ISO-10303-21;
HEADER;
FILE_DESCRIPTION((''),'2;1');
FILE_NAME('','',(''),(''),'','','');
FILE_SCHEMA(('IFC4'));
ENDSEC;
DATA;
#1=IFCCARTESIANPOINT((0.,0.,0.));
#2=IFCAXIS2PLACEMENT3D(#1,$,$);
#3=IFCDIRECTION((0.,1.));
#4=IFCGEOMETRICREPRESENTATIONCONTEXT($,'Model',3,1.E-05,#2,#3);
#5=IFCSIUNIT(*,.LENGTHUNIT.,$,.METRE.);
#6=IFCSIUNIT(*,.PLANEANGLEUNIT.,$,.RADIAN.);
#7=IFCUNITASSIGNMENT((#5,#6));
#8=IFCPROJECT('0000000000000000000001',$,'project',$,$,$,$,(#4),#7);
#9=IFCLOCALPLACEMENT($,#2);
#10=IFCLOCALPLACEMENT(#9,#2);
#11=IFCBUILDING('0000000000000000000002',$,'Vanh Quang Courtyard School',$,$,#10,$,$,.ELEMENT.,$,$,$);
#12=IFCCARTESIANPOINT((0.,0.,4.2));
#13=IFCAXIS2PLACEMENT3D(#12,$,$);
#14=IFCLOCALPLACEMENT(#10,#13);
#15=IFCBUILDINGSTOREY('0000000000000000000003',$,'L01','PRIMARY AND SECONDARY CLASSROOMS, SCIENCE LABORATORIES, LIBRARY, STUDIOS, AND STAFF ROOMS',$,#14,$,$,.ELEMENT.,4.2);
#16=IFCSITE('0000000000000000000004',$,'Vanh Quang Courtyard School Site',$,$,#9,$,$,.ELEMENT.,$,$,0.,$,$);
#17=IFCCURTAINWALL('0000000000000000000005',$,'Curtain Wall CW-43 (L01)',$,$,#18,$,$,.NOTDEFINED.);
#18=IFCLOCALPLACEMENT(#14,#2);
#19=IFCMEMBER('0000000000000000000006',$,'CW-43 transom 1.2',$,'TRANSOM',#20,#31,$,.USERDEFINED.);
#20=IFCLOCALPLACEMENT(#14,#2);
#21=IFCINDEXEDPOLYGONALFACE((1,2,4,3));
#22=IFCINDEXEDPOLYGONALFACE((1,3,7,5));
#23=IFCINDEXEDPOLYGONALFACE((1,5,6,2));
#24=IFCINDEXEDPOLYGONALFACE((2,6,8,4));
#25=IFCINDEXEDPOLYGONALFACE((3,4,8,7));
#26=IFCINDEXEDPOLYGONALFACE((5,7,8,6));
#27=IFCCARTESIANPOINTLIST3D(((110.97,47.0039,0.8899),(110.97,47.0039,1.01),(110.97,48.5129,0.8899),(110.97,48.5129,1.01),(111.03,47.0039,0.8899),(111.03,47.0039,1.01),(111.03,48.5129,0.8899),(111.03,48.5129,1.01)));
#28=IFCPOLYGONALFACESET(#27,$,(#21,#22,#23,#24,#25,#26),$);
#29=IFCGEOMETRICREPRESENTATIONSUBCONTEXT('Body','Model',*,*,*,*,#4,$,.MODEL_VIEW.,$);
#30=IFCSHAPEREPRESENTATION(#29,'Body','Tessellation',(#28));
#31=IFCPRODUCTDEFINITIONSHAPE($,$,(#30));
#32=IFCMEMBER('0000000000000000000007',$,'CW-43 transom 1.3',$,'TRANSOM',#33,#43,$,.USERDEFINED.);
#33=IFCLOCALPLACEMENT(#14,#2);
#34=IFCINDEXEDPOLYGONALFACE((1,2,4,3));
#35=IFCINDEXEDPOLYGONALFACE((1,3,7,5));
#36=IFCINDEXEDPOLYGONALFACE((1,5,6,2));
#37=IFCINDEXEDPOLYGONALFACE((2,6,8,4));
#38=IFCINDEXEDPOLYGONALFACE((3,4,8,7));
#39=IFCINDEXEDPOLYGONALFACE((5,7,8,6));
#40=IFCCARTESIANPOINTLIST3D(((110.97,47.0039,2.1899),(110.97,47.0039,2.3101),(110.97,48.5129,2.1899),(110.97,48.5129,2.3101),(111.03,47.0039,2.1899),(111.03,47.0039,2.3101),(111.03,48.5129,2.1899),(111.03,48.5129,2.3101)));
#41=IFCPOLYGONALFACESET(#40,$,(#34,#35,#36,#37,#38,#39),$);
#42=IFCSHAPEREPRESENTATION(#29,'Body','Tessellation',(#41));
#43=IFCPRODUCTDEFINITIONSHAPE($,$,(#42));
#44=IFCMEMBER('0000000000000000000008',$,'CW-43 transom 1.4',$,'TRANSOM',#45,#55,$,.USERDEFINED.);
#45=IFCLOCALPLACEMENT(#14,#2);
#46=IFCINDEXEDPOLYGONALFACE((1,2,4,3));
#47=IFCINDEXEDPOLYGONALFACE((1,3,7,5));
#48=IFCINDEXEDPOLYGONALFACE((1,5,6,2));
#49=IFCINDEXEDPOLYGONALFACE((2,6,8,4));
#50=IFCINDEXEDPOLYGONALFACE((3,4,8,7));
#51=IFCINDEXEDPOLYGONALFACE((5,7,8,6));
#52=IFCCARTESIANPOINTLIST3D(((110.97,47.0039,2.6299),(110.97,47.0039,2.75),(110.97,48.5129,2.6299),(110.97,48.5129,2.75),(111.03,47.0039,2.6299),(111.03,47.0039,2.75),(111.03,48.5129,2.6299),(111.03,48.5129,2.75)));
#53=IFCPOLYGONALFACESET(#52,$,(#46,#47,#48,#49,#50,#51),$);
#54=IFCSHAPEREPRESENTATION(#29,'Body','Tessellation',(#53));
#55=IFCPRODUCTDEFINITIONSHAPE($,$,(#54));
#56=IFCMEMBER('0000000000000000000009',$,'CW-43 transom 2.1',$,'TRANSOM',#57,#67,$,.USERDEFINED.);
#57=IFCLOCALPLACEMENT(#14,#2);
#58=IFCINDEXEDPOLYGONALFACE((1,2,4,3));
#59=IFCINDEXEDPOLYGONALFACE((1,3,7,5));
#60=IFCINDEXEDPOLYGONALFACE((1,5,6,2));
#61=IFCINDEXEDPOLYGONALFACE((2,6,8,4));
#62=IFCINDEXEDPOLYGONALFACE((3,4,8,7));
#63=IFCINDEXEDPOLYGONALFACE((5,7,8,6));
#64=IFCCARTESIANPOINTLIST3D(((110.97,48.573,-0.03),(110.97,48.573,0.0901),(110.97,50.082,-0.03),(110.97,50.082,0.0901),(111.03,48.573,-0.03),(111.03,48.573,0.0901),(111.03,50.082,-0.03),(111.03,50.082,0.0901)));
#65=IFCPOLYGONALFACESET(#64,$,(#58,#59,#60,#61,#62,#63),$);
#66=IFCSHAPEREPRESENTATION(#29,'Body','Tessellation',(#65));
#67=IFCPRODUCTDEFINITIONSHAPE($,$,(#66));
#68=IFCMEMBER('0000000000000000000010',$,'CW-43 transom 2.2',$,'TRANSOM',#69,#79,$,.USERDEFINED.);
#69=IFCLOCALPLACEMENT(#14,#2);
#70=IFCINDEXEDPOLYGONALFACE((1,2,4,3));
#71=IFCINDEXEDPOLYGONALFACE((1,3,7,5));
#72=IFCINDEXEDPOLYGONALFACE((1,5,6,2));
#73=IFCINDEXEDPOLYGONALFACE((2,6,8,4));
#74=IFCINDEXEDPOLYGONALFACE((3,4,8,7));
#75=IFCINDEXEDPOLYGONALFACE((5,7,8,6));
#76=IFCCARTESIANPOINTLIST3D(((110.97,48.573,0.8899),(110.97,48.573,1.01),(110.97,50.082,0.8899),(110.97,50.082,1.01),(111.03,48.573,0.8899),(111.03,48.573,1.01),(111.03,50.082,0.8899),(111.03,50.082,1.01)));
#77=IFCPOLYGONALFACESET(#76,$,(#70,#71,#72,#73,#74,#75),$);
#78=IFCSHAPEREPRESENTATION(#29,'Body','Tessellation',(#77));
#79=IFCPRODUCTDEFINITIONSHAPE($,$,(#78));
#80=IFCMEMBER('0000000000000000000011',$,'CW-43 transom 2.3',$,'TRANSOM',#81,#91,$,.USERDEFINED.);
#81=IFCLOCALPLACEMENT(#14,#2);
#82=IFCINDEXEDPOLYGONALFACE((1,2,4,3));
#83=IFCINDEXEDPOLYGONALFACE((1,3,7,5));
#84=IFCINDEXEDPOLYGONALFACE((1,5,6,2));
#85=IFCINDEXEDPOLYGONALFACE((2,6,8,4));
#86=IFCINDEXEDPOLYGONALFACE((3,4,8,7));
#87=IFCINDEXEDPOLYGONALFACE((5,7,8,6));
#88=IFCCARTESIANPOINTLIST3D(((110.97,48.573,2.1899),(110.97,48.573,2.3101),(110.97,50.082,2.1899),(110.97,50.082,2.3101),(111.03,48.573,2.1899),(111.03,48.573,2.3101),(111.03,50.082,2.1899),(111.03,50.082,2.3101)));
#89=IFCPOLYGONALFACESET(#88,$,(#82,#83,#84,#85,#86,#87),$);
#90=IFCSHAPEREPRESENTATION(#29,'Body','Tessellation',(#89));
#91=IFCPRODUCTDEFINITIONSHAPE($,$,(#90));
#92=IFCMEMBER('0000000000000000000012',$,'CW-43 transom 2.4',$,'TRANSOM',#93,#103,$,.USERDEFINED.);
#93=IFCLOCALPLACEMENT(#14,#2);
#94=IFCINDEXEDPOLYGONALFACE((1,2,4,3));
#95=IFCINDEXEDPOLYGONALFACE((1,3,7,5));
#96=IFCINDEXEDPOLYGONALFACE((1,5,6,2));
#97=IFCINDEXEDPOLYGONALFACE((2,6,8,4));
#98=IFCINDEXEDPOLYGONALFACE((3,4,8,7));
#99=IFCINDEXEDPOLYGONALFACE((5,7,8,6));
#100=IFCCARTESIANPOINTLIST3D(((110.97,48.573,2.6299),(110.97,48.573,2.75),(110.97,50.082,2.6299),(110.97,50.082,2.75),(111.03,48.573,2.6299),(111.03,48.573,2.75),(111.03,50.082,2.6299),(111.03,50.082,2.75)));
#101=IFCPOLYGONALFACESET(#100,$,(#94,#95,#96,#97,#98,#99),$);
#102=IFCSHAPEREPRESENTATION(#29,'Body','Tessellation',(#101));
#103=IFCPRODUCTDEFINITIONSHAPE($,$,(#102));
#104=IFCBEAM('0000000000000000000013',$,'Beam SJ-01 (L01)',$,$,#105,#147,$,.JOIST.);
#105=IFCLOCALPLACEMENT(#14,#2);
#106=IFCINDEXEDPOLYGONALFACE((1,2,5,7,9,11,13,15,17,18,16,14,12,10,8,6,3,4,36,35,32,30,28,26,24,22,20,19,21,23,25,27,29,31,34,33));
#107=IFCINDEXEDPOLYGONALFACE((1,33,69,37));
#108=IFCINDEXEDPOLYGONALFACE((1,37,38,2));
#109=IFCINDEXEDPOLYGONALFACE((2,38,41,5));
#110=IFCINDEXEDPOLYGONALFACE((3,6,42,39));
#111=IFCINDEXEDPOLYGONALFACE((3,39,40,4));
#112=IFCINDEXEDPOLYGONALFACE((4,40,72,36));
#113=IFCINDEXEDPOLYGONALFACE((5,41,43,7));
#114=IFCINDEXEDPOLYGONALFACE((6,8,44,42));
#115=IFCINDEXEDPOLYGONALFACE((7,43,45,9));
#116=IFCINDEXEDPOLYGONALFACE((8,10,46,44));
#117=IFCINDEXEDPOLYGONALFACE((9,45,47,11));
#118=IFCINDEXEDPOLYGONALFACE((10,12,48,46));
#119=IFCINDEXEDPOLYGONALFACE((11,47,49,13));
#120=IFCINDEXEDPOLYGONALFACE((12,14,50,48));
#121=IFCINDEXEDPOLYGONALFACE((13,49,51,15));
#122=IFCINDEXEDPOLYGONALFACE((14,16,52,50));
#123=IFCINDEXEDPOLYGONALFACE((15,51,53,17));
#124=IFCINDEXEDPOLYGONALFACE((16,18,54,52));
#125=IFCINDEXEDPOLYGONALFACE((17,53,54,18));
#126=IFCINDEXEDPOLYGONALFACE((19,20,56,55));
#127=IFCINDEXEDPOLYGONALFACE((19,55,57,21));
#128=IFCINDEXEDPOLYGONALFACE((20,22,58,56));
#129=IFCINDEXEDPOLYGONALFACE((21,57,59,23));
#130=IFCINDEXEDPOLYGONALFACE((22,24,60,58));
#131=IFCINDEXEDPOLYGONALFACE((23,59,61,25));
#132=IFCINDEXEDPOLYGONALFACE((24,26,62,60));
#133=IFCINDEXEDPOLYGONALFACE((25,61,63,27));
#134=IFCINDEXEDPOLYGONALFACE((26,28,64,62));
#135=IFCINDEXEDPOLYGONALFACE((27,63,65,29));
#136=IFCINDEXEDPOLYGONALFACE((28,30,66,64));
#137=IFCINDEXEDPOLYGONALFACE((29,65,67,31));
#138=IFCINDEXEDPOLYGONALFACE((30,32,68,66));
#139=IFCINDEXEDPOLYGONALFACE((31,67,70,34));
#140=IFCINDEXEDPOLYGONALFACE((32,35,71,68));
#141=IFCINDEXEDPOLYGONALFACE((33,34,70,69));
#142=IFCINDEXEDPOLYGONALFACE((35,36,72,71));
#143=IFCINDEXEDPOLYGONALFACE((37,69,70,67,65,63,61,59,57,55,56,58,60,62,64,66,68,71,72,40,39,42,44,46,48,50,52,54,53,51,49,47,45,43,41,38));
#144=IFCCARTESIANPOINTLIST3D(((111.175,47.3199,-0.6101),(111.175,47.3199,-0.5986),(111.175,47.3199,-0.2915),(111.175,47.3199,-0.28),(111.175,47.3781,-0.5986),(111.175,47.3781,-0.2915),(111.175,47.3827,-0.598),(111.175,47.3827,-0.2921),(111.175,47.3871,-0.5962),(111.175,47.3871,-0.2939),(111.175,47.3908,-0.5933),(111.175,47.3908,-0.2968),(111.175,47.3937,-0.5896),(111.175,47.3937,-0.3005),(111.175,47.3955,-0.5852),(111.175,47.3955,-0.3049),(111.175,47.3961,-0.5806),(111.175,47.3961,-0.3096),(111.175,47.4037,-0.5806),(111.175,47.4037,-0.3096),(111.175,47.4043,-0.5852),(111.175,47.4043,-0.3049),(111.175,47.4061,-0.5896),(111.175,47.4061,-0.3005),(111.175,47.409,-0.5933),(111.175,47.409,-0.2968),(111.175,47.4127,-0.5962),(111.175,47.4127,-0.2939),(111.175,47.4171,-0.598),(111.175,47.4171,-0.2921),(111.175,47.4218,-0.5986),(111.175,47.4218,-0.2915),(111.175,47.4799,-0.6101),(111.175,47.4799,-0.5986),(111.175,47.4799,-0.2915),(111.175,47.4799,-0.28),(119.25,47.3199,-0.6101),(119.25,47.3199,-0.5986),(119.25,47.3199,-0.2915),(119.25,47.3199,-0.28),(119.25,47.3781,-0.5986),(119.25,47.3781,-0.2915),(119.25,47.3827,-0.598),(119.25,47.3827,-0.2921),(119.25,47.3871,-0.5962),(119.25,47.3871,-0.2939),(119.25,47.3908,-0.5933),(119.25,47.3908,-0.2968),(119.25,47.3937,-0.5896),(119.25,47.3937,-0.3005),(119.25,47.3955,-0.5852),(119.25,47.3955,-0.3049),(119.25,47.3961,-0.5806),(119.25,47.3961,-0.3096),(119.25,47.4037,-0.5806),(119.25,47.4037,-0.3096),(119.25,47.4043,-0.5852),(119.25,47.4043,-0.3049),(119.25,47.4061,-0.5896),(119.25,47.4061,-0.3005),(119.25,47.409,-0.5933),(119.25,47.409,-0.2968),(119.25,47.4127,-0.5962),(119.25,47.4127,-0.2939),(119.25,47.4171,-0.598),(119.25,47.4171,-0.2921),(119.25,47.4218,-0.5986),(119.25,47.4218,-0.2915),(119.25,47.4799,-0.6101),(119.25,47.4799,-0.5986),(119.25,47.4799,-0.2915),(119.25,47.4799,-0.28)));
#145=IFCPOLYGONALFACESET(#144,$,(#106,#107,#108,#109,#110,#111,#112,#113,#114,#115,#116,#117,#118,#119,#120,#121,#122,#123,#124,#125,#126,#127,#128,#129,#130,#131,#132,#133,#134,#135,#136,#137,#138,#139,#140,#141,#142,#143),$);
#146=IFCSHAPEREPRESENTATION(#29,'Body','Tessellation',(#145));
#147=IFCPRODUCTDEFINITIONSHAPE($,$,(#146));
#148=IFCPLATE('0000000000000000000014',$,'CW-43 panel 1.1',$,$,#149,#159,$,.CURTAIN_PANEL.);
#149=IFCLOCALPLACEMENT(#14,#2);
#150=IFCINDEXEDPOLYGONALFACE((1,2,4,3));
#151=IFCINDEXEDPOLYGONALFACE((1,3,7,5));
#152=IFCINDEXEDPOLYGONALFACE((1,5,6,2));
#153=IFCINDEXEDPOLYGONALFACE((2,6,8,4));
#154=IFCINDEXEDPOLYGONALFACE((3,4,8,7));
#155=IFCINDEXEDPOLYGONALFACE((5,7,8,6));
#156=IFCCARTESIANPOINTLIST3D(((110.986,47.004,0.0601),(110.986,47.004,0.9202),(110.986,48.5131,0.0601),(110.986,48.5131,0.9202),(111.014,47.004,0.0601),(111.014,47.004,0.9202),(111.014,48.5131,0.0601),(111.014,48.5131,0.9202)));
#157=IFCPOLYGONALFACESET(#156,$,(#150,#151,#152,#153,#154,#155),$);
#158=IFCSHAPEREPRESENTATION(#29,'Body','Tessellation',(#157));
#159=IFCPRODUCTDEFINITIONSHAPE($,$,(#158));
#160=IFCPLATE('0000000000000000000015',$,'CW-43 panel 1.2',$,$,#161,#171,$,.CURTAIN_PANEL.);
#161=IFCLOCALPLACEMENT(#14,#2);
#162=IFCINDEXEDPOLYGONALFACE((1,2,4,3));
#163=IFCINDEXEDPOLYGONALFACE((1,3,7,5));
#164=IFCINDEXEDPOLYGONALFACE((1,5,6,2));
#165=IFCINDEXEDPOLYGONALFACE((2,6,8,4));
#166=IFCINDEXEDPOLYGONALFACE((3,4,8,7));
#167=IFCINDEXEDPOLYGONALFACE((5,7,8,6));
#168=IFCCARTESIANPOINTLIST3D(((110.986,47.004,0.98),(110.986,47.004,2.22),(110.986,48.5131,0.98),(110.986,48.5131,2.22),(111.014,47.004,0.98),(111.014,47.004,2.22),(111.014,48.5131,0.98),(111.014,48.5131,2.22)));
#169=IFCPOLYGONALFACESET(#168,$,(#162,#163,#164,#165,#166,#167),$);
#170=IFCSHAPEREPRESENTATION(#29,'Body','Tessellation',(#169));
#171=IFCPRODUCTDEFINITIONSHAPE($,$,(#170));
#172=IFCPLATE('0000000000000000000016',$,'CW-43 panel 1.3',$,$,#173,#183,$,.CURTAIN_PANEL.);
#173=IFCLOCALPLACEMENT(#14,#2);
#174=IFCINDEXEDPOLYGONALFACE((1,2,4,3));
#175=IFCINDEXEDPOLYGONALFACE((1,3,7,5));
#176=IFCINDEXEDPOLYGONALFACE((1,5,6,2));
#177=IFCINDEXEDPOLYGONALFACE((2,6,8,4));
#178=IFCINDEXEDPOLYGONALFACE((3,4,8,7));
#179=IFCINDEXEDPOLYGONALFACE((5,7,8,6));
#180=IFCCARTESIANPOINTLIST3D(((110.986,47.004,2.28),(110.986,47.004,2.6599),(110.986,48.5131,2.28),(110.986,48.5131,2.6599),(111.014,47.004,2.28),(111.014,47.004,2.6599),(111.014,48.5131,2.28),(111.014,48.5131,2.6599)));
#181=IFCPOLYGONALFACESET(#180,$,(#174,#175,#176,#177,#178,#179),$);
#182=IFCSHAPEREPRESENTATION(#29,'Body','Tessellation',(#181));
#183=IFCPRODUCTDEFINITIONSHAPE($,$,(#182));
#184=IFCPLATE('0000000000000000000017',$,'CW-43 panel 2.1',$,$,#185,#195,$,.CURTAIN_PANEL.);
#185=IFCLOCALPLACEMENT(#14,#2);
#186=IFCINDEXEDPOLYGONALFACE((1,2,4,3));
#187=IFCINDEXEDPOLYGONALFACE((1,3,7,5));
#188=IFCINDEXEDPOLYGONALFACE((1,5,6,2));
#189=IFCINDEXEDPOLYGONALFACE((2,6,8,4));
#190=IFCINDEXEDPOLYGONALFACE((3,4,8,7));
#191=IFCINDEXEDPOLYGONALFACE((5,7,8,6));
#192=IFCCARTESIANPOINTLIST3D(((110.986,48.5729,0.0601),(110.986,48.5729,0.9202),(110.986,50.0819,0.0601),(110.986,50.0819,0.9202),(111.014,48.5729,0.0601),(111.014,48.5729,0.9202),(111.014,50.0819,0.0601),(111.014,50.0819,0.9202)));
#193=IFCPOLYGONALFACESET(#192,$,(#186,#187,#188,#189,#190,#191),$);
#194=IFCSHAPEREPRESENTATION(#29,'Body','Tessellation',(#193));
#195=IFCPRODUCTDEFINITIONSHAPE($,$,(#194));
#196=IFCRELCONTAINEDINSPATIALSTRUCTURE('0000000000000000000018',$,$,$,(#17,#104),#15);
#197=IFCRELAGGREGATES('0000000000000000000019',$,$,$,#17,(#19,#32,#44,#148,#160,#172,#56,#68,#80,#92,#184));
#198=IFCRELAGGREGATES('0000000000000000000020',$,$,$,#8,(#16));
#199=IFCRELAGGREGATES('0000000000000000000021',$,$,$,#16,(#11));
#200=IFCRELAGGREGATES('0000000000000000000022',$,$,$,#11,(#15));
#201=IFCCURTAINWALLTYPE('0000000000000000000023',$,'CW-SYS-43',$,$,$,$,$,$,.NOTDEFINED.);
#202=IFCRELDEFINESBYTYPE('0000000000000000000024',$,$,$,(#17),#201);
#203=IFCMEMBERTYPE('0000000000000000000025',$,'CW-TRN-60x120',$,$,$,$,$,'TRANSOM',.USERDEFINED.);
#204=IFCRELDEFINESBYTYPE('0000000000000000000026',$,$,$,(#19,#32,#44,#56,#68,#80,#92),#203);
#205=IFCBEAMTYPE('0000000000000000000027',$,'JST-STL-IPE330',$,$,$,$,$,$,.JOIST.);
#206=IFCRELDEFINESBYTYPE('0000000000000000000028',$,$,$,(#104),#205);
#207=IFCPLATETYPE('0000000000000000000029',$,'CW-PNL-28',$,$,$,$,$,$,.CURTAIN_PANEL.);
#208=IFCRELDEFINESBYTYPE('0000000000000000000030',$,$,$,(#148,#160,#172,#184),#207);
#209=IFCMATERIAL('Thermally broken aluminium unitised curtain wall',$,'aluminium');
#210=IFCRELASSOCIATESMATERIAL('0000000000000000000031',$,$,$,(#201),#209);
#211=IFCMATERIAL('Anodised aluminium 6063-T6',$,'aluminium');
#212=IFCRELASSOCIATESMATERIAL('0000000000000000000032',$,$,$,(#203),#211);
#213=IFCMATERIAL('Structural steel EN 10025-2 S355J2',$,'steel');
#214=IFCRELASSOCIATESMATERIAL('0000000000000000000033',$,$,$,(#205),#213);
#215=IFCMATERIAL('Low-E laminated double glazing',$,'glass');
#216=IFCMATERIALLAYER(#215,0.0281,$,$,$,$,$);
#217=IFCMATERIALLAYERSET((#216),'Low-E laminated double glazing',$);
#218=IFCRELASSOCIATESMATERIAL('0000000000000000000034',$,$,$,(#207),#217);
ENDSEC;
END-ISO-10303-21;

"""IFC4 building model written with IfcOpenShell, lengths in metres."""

from ifc_helpers import new_model, si_unit, direction, frame, origin, origin_2d, place, context, subcontext, project, spatial, rectangle, i_section, extrude, material, layer, layer_set, material_profile, profile_set, type_object, element, aggregate, save


model = new_model("IFC4")

# Units and contexts
model_context = context("Model", 3, precision=1e-05, world=origin(), true_north=direction((0.0, 1.0)))
body_context = subcontext(model_context, "Body", "Model", "MODEL_VIEW")
ifc_project = project(units=[si_unit("LENGTHUNIT", "METRE"), si_unit("PLANEANGLEUNIT", "RADIAN")], contexts=[model_context])

# Site, building, storey
site_placement = place(None, origin())
site = spatial("IfcSite", under=ifc_project, at=site_placement, Name="Vanh Quang Courtyard School Site", CompositionType="ELEMENT", RefElevation=0.0)
building_placement = place(site_placement, origin())
building = spatial("IfcBuilding", under=site, at=building_placement, Name="Vanh Quang Courtyard School", CompositionType="ELEMENT")
storey_placement = place(building_placement, frame((0.0, 0.0, 4.2)))
storey = spatial("IfcBuildingStorey", under=building, at=storey_placement, Name="L01", Description="PRIMARY AND SECONDARY CLASSROOMS, SCIENCE LABORATORIES, LIBRARY, STUDIOS, AND STAFF ROOMS", CompositionType="ELEMENT", Elevation=4.2)

# Shared definitions
ifc_material_1 = material(Name="Structural steel EN 10025-2 S355J2", Category="steel")

# Curtain wall, members
ifc_material_2 = material(Name="Thermally broken aluminium unitised curtain wall", Category="aluminium")
curtain_wall_type = type_object("IfcCurtainWallType", Name="CW-SYS-43", PredefinedType="NOTDEFINED", material=ifc_material_2)
curtain_wall_placement = place(storey_placement, origin())
curtain_wall = element("IfcCurtainWall", 1, at=curtain_wall_placement, inside=storey, type_object=curtain_wall_type, Name="Curtain Wall CW-43 (L01)", PredefinedType="NOTDEFINED")
ifc_material_3 = material(Name="Anodised aluminium 6063-T6", Category="aluminium")
ifc_material_profile_1 = material_profile(ifc_material_3, rectangle(XDim=0.0601, YDim=0.1201, at=origin_2d()), Name="ALU-TRN 60x120")
ifc_profile_set_1 = profile_set([ifc_material_profile_1], Name="Anodised aluminium 6063-T6")
member_type_1 = type_object("IfcMemberType", Name="CW-TRN-60x120", ElementType="TRANSOM", PredefinedType="USERDEFINED", material=ifc_profile_set_1)
member_1_placement = place(storey_placement, frame((111.0, 47.0039, 0.95), z_axis=(0.0, 1.0, 0.0), x_axis=(-1.0, 0.0, 0.0)))
member_1 = element("IfcMember", 2, at=member_1_placement, type_object=member_type_1, Name="CW-43 transom 1.2", ObjectType="TRANSOM", PredefinedType="USERDEFINED", context=body_context, shape_type="SweptSolid", body=[
    extrude(rectangle(XDim=0.0601, YDim=0.1201, at=origin_2d()), origin(), (0.0, 0.0, 1.0), 1.509),
])
member_2_placement = place(storey_placement, frame((111.0, 47.0039, 2.25), z_axis=(0.0, 1.0, 0.0), x_axis=(-1.0, 0.0, 0.0)))
member_2 = element("IfcMember", 3, at=member_2_placement, type_object=member_type_1, Name="CW-43 transom 1.3", ObjectType="TRANSOM", PredefinedType="USERDEFINED", context=body_context, shape_type="SweptSolid", body=[
    extrude(rectangle(XDim=0.0601, YDim=0.1201, at=origin_2d()), origin(), (0.0, 0.0, 1.0), 1.509),
])
member_3_placement = place(storey_placement, frame((111.0, 47.0039, 2.6899), z_axis=(0.0, 1.0, 0.0), x_axis=(-1.0, 0.0, 0.0)))
member_3 = element("IfcMember", 4, at=member_3_placement, type_object=member_type_1, Name="CW-43 transom 1.4", ObjectType="TRANSOM", PredefinedType="USERDEFINED", context=body_context, shape_type="SweptSolid", body=[
    extrude(rectangle(XDim=0.0601, YDim=0.1201, at=origin_2d()), origin(), (0.0, 0.0, 1.0), 1.509),
])
member_4_placement = place(storey_placement, frame((111.0, 48.573, 0.03), z_axis=(0.0, 1.0, 0.0), x_axis=(-1.0, 0.0, 0.0)))
member_4 = element("IfcMember", 5, at=member_4_placement, type_object=member_type_1, Name="CW-43 transom 2.1", ObjectType="TRANSOM", PredefinedType="USERDEFINED", context=body_context, shape_type="SweptSolid", body=[
    extrude(rectangle(XDim=0.0601, YDim=0.1201, at=origin_2d()), origin(), (0.0, 0.0, 1.0), 1.509),
])
member_5_placement = place(storey_placement, frame((111.0, 48.573, 0.95), z_axis=(0.0, 1.0, 0.0), x_axis=(-1.0, 0.0, 0.0)))
member_5 = element("IfcMember", 6, at=member_5_placement, type_object=member_type_1, Name="CW-43 transom 2.2", ObjectType="TRANSOM", PredefinedType="USERDEFINED", context=body_context, shape_type="SweptSolid", body=[
    extrude(rectangle(XDim=0.0601, YDim=0.1201, at=origin_2d()), origin(), (0.0, 0.0, 1.0), 1.509),
])
member_6_placement = place(storey_placement, frame((111.0, 48.573, 2.25), z_axis=(0.0, 1.0, 0.0), x_axis=(-1.0, 0.0, 0.0)))
member_6 = element("IfcMember", 7, at=member_6_placement, type_object=member_type_1, Name="CW-43 transom 2.3", ObjectType="TRANSOM", PredefinedType="USERDEFINED", context=body_context, shape_type="SweptSolid", body=[
    extrude(rectangle(XDim=0.0601, YDim=0.1201, at=origin_2d()), origin(), (0.0, 0.0, 1.0), 1.509),
])
member_7_placement = place(storey_placement, frame((111.0, 48.573, 2.6899), z_axis=(0.0, 1.0, 0.0), x_axis=(-1.0, 0.0, 0.0)))
member_7 = element("IfcMember", 8, at=member_7_placement, type_object=member_type_1, Name="CW-43 transom 2.4", ObjectType="TRANSOM", PredefinedType="USERDEFINED", context=body_context, shape_type="SweptSolid", body=[
    extrude(rectangle(XDim=0.0601, YDim=0.1201, at=origin_2d()), origin(), (0.0, 0.0, 1.0), 1.509),
])

# Beam
ifc_material_profile_2 = material_profile(ifc_material_1, i_section(OverallWidth=0.1599, OverallDepth=0.3301, WebThickness=0.0076, FlangeThickness=0.0115, FilletRadius=0.0181, at=origin_2d()), Name="IPE 330")
ifc_profile_set_2 = profile_set([ifc_material_profile_2], Name="Structural steel EN 10025-2 S355J2")
beam_type_1 = type_object("IfcBeamType", Name="JST-STL-IPE330", PredefinedType="JOIST", material=ifc_profile_set_2)
beam_1_placement = place(storey_placement, frame((111.175, 47.3999, -0.4451), z_axis=(1.0, 0.0, 0.0), x_axis=(0.0, 1.0, 0.0)))
element("IfcBeam", 9, at=beam_1_placement, inside=storey, type_object=beam_type_1, Name="Beam SJ-01 (L01)", PredefinedType="JOIST", context=body_context, shape_type="SweptSolid", body=[
    extrude(i_section(OverallWidth=0.1599, OverallDepth=0.3301, WebThickness=0.0076, FlangeThickness=0.0115, FilletRadius=0.0181, at=origin_2d()), origin(), (0.0, 0.0, 1.0), 8.075),
])

# Plates
ifc_material_4 = material(Name="Low-E laminated double glazing", Category="glass")
ifc_layer_1 = layer(ifc_material_4, 0.0281)
ifc_layer_set_1 = layer_set([ifc_layer_1], Name="Low-E laminated double glazing")
plate_type = type_object("IfcPlateType", Name="CW-PNL-28", PredefinedType="CURTAIN_PANEL", material=ifc_layer_set_1)
plate_1_placement = place(storey_placement, frame((111.0, 47.7585, 0.0601), z_axis=(0.0, 0.0, 1.0), x_axis=(0.0, 1.0, 0.0)))
plate_1 = element("IfcPlate", 10, at=plate_1_placement, type_object=plate_type, Name="CW-43 panel 1.1", PredefinedType="CURTAIN_PANEL", context=body_context, shape_type="SweptSolid", body=[
    extrude(rectangle(XDim=1.509, YDim=0.0281, at=origin_2d()), origin(), (0.0, 0.0, 1.0), 0.8601),
])
plate_2_placement = place(storey_placement, frame((111.0, 47.7585, 0.98), z_axis=(0.0, 0.0, 1.0), x_axis=(0.0, 1.0, 0.0)))
plate_2 = element("IfcPlate", 11, at=plate_2_placement, type_object=plate_type, Name="CW-43 panel 1.2", PredefinedType="CURTAIN_PANEL", context=body_context, shape_type="SweptSolid", body=[
    extrude(rectangle(XDim=1.509, YDim=0.0281, at=origin_2d()), origin(), (0.0, 0.0, 1.0), 1.24),
])
plate_3_placement = place(storey_placement, frame((111.0, 47.7585, 2.28), z_axis=(0.0, 0.0, 1.0), x_axis=(0.0, 1.0, 0.0)))
plate_3 = element("IfcPlate", 12, at=plate_3_placement, type_object=plate_type, Name="CW-43 panel 1.3", PredefinedType="CURTAIN_PANEL", context=body_context, shape_type="SweptSolid", body=[
    extrude(rectangle(XDim=1.509, YDim=0.0281, at=origin_2d()), origin(), (0.0, 0.0, 1.0), 0.3799),
])
plate_4_placement = place(storey_placement, frame((111.0, 49.3274, 0.0601), z_axis=(0.0, 0.0, 1.0), x_axis=(0.0, 1.0, 0.0)))
plate_4 = element("IfcPlate", 13, at=plate_4_placement, type_object=plate_type, Name="CW-43 panel 2.1", PredefinedType="CURTAIN_PANEL", context=body_context, shape_type="SweptSolid", body=[
    extrude(rectangle(XDim=1.509, YDim=0.0281, at=origin_2d()), origin(), (0.0, 0.0, 1.0), 0.8601),
])
aggregate(curtain_wall, [member_1, member_2, member_3, plate_1, plate_2, plate_3, member_4, member_5, member_6, member_7, plate_4])

save(model, "model.ifc")
